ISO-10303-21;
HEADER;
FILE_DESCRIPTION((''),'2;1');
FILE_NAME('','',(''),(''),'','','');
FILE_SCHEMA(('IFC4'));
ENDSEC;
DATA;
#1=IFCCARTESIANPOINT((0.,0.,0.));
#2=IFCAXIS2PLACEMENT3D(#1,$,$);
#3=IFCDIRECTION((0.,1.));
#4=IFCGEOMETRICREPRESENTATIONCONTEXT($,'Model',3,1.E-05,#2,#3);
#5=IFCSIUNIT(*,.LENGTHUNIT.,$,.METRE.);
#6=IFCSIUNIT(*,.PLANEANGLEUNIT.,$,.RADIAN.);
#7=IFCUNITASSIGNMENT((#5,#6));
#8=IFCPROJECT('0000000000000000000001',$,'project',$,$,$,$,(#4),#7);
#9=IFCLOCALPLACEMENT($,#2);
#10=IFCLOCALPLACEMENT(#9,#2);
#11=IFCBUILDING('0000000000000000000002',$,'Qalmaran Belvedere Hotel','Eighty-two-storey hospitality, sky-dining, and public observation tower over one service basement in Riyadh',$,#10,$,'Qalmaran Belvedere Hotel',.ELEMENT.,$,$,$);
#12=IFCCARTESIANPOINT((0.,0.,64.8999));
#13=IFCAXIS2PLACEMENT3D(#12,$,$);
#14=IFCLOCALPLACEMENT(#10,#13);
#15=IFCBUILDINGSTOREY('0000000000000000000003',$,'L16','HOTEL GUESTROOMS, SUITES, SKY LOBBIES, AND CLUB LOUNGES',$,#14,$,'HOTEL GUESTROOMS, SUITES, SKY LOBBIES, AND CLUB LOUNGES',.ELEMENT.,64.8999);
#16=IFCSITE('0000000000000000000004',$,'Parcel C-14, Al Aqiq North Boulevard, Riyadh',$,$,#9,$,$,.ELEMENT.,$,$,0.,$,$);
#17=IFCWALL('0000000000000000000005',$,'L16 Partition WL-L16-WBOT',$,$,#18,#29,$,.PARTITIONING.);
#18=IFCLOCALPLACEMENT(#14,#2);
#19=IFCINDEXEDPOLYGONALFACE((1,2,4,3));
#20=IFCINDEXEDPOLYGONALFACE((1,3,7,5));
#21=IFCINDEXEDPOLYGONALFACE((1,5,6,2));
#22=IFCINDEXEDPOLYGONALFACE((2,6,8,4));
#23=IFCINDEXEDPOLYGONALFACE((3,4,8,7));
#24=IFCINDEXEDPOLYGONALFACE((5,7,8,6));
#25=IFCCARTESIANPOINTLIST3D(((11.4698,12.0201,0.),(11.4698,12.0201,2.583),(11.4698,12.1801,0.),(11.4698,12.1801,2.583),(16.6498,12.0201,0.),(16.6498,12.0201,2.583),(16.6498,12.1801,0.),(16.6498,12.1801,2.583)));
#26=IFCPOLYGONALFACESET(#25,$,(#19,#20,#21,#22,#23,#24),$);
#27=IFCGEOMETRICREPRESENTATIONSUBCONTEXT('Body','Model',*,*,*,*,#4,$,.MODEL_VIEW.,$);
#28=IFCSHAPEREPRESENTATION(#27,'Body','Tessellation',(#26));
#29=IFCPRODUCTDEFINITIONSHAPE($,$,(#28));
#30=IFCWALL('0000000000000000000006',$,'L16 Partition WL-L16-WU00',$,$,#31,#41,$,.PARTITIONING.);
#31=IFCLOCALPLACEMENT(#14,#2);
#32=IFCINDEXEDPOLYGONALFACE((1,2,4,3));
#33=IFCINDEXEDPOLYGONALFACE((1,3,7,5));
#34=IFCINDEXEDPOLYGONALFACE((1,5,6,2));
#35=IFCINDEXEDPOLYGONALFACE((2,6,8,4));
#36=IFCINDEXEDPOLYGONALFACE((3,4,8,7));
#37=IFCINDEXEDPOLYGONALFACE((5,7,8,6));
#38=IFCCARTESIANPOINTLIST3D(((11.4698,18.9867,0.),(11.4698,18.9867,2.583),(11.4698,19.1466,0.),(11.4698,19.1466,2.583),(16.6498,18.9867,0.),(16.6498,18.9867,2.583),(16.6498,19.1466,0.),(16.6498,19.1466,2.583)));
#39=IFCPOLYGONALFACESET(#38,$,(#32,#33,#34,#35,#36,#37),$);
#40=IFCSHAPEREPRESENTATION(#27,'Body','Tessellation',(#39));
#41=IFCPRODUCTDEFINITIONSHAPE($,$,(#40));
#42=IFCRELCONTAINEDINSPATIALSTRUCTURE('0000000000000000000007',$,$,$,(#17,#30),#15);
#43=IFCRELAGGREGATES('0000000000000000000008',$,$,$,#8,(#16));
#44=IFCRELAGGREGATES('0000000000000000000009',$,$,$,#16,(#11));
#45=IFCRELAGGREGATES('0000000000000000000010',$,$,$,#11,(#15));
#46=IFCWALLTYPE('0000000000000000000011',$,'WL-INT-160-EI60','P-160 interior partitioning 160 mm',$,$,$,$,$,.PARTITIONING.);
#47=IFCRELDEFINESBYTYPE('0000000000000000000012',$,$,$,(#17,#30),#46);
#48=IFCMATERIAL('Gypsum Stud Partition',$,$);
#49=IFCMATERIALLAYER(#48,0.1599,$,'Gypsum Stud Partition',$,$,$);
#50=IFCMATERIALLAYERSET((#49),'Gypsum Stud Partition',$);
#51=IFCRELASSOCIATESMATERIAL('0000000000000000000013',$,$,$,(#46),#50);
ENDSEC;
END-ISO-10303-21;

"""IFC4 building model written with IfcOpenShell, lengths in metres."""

from ifc_helpers import new_model, si_unit, direction, frame, frame_2d, origin, place, context, subcontext, project, spatial, rectangle, extrude, material, layer, layer_set, type_object, element, save


model = new_model("IFC4")

# Units and contexts
model_context = context("Model", 3, precision=1e-05, world=origin(), true_north=direction((0.0, 1.0)))
body_context = subcontext(model_context, "Body", "Model", "MODEL_VIEW")
ifc_project = project(units=[si_unit("LENGTHUNIT", "METRE"), si_unit("PLANEANGLEUNIT", "RADIAN")], contexts=[model_context])

# Site, building, storey
site_placement = place(None, origin())
site = spatial("IfcSite", under=ifc_project, at=site_placement, Name="Parcel C-14, Al Aqiq North Boulevard, Riyadh", CompositionType="ELEMENT", RefElevation=0.0)
building_placement = place(site_placement, origin())
building = spatial("IfcBuilding", under=site, at=building_placement, Name="Qalmaran Belvedere Hotel", Description="Eighty-two-storey hospitality, sky-dining, and public observation tower over one service basement in Riyadh", LongName="Qalmaran Belvedere Hotel", CompositionType="ELEMENT")
storey_placement = place(building_placement, frame((0.0, 0.0, 64.8999)))
storey = spatial("IfcBuildingStorey", under=building, at=storey_placement, Name="L16", Description="HOTEL GUESTROOMS, SUITES, SKY LOBBIES, AND CLUB LOUNGES", LongName="HOTEL GUESTROOMS, SUITES, SKY LOBBIES, AND CLUB LOUNGES", CompositionType="ELEMENT", Elevation=64.8999)

# Walls
ifc_material_1 = material(Name="Gypsum Stud Partition")
ifc_layer_1 = layer(ifc_material_1, 0.1599, Name="Gypsum Stud Partition")
ifc_layer_set_1 = layer_set([ifc_layer_1], Name="Gypsum Stud Partition")
wall_type_1 = type_object("IfcWallType", Name="WL-INT-160-EI60", Description="P-160 interior partitioning 160 mm", PredefinedType="PARTITIONING", material=ifc_layer_set_1)
for number, where, z_axis, x_axis, name in (
    (1, (11.47, 12.1001, 0.0), (0.0, 0.0, 1.0), (1.0, 0.0, 0.0), "L16 Partition WL-L16-WBOT"),
    (2, (11.47, 19.0667, 0.0), (0.0, 0.0, 1.0), (1.0, 0.0, 0.0), "L16 Partition WL-L16-WU00"),
):
    element("IfcWall", number, at=place(storey_placement, frame(where, z_axis=z_axis, x_axis=x_axis)), inside=storey, type_object=wall_type_1, Name=name, PredefinedType="PARTITIONING", context=body_context, shape_type="SweptSolid", body=[
        extrude(rectangle(XDim=5.1799, YDim=0.1599, at=frame_2d((2.5898, 0.0))), origin(), (0.0, 0.0, 1.0), 2.583),
    ])

save(model, "model.ifc")
